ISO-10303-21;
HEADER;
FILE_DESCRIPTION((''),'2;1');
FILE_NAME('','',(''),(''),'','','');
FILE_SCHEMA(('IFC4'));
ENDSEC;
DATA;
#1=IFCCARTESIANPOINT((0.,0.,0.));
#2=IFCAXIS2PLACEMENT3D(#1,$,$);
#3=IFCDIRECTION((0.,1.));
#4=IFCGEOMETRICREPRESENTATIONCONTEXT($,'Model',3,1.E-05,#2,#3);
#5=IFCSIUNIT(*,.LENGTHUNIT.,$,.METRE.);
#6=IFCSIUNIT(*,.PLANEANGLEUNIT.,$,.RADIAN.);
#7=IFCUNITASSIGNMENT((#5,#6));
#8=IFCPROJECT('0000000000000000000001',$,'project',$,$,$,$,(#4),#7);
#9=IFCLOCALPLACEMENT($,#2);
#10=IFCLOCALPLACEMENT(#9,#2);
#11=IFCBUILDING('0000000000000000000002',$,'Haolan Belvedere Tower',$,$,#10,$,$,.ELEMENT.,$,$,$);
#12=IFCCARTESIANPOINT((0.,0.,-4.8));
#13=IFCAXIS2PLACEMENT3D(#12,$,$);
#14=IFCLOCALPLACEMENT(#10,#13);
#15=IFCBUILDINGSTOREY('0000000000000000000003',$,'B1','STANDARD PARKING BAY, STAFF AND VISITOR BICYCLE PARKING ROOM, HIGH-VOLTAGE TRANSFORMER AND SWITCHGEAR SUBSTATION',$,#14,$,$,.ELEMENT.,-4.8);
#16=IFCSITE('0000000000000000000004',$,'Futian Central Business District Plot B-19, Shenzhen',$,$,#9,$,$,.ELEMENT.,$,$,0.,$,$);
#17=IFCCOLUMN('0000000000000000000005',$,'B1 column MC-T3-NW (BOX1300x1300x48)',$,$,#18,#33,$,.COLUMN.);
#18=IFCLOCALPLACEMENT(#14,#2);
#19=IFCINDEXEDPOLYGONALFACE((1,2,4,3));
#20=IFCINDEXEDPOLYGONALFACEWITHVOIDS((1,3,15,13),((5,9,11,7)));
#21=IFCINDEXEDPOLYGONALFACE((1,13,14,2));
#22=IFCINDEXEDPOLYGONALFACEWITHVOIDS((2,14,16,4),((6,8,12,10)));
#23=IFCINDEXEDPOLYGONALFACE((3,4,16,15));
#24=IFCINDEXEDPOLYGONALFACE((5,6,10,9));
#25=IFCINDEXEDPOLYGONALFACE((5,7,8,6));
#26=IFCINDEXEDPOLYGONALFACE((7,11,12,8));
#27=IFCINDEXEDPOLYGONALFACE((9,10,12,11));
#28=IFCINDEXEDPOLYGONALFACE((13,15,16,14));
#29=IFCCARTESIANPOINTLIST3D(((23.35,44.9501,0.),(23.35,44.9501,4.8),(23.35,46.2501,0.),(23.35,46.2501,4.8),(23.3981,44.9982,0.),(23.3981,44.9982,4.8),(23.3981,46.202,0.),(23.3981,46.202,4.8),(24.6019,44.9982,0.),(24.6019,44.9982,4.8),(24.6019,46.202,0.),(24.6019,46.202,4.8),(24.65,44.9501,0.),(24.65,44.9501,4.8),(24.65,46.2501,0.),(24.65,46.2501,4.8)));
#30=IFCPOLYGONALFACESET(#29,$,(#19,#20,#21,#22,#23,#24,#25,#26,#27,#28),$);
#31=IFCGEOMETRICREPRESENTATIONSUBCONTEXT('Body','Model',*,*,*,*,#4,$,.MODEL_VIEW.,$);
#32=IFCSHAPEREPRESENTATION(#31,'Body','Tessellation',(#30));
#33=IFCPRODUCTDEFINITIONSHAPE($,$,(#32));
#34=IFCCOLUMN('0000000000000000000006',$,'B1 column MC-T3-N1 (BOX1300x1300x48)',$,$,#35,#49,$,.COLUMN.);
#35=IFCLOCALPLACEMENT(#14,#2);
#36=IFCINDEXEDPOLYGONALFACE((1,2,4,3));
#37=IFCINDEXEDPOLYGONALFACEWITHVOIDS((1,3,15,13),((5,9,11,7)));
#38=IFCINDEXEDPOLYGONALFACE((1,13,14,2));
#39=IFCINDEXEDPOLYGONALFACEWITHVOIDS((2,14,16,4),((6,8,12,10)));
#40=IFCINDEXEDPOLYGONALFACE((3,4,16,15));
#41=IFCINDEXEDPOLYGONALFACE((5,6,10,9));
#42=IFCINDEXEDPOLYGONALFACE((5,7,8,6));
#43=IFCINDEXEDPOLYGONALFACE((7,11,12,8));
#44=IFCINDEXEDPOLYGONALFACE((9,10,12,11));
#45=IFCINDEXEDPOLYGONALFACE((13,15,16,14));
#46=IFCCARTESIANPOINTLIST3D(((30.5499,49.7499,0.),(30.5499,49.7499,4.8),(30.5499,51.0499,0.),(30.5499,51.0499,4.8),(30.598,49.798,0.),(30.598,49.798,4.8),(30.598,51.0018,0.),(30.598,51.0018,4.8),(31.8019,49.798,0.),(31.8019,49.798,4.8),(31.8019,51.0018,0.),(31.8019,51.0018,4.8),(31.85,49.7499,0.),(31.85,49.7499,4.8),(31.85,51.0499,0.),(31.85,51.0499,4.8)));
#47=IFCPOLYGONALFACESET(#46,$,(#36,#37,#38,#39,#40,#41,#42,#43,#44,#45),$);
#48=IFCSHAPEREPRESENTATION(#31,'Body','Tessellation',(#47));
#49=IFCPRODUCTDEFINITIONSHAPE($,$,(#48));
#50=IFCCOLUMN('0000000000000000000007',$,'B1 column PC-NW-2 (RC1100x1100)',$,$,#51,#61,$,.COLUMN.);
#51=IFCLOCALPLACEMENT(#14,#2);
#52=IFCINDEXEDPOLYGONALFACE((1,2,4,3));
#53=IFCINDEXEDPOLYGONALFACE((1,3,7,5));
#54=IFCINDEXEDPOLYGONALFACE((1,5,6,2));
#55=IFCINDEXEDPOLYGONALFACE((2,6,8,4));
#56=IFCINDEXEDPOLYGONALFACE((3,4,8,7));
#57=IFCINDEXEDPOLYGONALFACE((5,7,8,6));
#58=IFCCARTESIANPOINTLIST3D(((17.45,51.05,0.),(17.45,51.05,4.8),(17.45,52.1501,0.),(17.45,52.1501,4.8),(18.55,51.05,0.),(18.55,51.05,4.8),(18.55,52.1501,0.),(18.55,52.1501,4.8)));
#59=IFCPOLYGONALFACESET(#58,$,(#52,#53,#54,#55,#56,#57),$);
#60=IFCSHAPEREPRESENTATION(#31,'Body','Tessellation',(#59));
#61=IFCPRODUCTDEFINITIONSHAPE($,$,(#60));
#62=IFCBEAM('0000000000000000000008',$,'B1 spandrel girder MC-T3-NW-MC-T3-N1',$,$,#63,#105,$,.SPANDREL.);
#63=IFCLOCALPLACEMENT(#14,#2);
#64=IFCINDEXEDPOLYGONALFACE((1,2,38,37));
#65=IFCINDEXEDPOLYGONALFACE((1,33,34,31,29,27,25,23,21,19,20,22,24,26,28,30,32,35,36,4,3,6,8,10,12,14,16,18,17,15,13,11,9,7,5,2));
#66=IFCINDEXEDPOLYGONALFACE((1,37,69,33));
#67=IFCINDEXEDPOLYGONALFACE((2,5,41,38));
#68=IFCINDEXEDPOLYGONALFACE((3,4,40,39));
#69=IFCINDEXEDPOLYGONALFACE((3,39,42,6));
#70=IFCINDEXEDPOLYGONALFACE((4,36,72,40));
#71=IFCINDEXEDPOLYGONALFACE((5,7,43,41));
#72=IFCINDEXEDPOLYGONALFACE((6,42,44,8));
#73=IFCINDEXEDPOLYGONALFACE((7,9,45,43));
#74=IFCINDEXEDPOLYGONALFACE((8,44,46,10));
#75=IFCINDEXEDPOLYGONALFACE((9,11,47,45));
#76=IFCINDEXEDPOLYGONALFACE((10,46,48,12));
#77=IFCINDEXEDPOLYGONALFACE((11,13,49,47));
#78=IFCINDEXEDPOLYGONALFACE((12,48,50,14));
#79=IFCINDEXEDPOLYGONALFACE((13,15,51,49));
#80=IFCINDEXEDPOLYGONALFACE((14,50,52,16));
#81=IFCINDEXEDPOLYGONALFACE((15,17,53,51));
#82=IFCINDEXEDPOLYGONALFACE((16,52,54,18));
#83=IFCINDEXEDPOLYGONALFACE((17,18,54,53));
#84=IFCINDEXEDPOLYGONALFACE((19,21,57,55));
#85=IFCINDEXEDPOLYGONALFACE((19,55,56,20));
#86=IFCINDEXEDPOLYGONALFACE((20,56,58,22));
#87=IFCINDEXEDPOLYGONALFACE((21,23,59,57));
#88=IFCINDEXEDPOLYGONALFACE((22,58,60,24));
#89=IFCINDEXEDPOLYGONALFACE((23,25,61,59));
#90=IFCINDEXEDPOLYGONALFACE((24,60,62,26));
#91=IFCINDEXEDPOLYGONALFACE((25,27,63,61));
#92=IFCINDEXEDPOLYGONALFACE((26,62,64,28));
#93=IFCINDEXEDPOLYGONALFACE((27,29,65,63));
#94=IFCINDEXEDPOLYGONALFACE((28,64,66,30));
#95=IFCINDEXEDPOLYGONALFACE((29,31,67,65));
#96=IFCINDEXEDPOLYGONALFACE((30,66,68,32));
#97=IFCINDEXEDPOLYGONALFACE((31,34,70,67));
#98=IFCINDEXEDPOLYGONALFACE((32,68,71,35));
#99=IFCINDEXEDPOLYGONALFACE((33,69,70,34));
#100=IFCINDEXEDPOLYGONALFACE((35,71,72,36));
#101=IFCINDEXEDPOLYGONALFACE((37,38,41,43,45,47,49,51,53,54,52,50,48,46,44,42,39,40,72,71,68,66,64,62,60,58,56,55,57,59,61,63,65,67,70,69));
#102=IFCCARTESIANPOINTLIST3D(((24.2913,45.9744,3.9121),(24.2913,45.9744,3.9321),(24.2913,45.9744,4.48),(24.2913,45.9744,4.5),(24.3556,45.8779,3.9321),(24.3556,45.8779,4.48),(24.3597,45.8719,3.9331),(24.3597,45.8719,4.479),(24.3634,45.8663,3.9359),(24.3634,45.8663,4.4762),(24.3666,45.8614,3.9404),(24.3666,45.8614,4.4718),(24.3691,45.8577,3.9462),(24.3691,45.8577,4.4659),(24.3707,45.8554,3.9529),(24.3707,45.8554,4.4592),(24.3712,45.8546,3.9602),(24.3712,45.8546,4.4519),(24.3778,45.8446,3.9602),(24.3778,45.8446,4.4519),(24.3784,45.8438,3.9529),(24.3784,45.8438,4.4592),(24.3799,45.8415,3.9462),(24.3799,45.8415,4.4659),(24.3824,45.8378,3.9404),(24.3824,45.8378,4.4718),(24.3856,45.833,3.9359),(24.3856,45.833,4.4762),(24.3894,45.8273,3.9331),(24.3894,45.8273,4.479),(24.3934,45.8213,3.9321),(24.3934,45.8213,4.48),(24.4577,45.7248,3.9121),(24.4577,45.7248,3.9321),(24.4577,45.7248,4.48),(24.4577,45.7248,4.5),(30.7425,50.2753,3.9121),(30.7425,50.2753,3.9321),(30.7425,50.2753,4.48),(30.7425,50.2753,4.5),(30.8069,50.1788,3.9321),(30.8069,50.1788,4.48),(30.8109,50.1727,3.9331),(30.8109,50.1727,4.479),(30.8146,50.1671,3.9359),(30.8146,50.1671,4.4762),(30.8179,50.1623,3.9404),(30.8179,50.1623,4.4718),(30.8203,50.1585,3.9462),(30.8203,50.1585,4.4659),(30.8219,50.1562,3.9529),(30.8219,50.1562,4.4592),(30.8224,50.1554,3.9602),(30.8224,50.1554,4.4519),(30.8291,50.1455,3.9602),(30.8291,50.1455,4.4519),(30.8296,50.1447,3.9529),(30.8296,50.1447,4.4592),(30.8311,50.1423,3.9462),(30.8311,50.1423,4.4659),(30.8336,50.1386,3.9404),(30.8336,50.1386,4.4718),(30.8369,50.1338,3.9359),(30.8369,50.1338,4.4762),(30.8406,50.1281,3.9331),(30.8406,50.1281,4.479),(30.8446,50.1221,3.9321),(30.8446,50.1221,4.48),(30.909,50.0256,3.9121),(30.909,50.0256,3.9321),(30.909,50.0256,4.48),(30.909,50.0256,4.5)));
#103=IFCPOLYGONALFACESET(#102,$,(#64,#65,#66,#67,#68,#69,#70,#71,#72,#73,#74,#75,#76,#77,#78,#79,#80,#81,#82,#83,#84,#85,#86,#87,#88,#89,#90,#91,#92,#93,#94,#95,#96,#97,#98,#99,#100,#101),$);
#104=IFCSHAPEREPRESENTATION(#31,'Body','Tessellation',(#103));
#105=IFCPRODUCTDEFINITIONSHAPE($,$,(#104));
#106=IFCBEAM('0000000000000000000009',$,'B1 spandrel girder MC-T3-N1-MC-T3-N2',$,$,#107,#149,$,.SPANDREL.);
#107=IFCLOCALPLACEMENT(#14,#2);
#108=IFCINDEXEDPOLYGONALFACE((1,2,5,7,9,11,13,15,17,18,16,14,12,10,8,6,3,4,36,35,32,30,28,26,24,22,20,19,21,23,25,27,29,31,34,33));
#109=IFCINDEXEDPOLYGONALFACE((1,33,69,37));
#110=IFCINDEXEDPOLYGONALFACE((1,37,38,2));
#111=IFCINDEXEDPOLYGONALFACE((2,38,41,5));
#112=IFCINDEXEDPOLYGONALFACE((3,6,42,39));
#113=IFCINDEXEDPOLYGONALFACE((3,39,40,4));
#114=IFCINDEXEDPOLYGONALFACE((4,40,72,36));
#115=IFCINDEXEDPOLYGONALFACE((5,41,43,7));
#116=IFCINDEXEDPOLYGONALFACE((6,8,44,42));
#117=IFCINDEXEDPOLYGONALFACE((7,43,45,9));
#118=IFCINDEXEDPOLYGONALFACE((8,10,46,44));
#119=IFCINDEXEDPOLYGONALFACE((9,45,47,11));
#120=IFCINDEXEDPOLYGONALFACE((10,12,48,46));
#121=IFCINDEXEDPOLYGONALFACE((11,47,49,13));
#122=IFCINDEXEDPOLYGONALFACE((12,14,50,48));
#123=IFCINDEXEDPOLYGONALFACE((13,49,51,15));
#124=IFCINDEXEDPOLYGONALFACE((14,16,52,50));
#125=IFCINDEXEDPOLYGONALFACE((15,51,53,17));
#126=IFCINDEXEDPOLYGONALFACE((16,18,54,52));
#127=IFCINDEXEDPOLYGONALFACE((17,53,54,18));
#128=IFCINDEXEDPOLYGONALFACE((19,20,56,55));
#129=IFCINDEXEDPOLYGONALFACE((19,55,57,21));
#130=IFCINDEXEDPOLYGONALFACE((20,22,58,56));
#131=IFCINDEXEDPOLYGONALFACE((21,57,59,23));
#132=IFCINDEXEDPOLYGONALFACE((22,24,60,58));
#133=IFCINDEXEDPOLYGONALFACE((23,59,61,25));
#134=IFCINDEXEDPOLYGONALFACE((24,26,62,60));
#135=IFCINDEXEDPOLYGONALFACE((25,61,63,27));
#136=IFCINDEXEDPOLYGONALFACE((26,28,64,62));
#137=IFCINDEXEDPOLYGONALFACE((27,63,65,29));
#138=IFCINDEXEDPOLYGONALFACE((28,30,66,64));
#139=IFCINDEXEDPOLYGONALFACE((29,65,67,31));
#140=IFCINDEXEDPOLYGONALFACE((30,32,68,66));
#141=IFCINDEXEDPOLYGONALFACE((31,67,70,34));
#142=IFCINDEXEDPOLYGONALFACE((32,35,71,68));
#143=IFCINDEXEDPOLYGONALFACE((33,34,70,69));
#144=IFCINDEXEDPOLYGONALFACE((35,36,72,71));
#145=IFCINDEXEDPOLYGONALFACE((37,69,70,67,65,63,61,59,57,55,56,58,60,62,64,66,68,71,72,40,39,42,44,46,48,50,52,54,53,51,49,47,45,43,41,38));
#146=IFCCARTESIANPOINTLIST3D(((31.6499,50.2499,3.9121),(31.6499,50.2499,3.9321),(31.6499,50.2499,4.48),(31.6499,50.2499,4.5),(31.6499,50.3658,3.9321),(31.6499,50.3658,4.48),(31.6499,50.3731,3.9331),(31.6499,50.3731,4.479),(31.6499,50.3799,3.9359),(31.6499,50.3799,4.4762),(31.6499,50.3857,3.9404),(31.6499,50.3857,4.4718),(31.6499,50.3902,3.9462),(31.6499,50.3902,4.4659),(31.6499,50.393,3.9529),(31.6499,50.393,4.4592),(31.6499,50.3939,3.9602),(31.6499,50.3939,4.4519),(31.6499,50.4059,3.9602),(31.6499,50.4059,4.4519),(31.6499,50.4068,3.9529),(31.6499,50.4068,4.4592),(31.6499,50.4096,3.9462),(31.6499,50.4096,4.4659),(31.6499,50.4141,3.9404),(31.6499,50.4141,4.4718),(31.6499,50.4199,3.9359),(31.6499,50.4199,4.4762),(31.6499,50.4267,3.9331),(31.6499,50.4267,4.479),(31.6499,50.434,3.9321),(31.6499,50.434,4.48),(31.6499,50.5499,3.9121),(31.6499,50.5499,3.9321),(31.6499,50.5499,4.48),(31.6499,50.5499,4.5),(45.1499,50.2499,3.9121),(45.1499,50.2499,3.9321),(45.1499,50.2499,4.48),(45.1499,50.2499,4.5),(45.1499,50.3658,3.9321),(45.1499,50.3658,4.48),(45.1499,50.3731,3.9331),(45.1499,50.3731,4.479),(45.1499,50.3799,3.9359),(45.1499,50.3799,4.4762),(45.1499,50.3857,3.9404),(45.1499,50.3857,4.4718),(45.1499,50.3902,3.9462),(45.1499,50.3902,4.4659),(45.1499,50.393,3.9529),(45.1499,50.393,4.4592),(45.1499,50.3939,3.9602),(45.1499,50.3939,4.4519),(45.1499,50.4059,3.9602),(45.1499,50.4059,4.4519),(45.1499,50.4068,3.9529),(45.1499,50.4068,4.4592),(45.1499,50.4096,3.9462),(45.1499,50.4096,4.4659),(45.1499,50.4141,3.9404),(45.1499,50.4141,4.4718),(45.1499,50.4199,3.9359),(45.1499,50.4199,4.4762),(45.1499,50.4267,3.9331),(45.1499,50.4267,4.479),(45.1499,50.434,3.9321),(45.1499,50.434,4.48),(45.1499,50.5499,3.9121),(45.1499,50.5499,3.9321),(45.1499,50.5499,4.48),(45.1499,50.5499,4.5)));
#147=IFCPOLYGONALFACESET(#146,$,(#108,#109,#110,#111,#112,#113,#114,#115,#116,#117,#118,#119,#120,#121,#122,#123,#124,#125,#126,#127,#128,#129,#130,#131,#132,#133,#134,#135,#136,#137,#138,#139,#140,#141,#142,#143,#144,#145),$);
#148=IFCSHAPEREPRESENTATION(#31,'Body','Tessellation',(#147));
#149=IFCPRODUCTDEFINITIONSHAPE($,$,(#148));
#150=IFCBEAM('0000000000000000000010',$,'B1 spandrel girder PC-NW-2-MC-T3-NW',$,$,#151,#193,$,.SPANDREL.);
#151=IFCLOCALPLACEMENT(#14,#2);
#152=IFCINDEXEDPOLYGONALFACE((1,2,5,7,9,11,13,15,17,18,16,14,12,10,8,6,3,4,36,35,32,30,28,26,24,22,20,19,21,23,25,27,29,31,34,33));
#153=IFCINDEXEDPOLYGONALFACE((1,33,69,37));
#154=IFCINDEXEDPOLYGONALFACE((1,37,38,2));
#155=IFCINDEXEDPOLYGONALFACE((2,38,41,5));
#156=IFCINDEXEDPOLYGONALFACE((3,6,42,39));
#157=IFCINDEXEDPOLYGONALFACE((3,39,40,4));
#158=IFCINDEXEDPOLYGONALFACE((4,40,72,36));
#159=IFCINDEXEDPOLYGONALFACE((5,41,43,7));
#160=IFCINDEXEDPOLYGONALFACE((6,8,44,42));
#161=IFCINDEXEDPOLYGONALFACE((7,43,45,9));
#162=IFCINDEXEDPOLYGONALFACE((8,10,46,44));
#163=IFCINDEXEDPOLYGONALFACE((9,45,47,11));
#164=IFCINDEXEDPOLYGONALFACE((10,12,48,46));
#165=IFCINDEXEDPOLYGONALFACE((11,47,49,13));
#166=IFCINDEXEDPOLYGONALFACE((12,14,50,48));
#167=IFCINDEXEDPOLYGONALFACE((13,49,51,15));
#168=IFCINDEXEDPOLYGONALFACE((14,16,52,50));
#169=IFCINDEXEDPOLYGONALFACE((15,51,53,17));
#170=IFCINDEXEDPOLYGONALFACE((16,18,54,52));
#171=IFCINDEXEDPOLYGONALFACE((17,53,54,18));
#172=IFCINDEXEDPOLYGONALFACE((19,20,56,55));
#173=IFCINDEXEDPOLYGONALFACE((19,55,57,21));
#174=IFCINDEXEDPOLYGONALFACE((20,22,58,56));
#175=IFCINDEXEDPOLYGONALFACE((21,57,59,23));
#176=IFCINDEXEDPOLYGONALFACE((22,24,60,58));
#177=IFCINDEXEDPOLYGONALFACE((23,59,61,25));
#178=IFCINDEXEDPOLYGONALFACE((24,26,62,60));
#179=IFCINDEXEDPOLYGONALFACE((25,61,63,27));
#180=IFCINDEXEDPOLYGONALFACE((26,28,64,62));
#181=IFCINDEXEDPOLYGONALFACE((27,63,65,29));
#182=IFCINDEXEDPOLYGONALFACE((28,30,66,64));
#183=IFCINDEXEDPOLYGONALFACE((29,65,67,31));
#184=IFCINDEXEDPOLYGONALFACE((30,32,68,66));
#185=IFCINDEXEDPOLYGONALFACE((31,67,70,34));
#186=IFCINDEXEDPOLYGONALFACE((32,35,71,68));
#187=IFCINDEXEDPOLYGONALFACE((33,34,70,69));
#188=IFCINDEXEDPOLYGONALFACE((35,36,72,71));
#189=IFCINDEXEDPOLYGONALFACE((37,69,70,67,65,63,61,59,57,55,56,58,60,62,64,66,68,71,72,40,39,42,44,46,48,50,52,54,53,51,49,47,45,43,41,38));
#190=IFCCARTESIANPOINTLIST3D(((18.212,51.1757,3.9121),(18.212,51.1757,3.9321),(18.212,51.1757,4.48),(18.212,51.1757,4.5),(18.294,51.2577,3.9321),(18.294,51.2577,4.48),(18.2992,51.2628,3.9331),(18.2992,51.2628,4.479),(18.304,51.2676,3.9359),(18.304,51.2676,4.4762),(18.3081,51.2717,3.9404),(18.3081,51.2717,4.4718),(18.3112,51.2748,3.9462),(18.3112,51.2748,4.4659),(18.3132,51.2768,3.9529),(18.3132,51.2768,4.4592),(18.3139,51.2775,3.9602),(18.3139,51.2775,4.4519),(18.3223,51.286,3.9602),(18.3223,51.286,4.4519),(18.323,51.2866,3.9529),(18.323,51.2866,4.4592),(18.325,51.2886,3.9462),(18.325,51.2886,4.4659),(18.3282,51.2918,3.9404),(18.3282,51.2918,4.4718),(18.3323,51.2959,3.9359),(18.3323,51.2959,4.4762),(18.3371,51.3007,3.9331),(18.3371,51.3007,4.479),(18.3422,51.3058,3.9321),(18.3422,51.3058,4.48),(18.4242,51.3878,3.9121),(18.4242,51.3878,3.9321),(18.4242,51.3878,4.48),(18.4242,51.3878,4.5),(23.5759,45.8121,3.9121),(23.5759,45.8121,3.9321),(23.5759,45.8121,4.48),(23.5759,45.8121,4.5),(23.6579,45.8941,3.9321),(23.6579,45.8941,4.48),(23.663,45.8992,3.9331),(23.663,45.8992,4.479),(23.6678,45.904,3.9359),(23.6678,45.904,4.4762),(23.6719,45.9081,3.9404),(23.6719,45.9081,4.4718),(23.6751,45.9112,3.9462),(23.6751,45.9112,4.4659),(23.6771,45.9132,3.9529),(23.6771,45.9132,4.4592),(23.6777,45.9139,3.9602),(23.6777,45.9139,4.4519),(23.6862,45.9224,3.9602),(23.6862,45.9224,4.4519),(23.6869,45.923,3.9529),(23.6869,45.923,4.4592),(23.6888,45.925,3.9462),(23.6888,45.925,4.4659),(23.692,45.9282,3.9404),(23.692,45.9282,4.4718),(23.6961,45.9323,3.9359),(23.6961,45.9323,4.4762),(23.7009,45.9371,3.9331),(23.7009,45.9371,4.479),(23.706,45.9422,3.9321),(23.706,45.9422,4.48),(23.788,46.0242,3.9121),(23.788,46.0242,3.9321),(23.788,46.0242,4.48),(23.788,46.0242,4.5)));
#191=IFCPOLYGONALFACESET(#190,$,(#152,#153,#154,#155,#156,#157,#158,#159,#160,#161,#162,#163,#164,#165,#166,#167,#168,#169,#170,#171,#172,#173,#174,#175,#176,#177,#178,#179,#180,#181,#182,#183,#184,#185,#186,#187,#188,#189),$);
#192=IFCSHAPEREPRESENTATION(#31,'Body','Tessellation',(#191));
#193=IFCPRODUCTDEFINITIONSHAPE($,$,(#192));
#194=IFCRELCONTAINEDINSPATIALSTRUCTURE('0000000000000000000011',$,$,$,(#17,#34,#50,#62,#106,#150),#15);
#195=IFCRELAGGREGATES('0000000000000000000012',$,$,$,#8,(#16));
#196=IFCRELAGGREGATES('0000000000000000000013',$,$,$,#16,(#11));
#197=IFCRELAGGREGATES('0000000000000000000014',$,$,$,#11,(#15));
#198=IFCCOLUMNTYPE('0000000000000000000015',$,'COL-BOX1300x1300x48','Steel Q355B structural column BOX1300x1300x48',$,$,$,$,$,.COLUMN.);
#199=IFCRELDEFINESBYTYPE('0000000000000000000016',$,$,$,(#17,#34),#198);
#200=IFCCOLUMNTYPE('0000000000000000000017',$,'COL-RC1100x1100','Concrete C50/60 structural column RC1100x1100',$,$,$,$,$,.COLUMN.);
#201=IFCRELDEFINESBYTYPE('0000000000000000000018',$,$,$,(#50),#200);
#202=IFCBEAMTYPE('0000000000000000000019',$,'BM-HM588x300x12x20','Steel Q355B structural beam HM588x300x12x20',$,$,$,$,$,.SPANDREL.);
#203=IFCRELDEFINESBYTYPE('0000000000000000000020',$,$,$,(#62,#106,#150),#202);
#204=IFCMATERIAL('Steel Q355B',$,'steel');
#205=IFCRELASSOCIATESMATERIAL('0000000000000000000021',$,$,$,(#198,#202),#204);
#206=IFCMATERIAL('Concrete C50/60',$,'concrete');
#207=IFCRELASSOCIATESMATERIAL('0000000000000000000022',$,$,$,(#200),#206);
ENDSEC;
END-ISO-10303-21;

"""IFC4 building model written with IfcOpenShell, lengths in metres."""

from ifc_helpers import new_model, si_unit, direction, frame, origin, origin_2d, place, context, subcontext, project, spatial, rectangle, hollow_rectangle, i_section, extrude, material, material_profile, profile_set, type_object, element, save


model = new_model("IFC4")

# Units and contexts
model_context = context("Model", 3, precision=1e-05, world=origin(), true_north=direction((0.0, 1.0)))
body_context = subcontext(model_context, "Body", "Model", "MODEL_VIEW")
ifc_project = project(units=[si_unit("LENGTHUNIT", "METRE"), si_unit("PLANEANGLEUNIT", "RADIAN")], contexts=[model_context])

# Site, building, storey
site_placement = place(None, origin())
site = spatial("IfcSite", under=ifc_project, at=site_placement, Name="Futian Central Business District Plot B-19, Shenzhen", CompositionType="ELEMENT", RefElevation=0.0)
building_placement = place(site_placement, origin())
building = spatial("IfcBuilding", under=site, at=building_placement, Name="Haolan Belvedere Tower", CompositionType="ELEMENT")
storey_placement = place(building_placement, frame((0.0, 0.0, -4.8)))
storey = spatial("IfcBuildingStorey", under=building, at=storey_placement, Name="B1", Description="STANDARD PARKING BAY, STAFF AND VISITOR BICYCLE PARKING ROOM, HIGH-VOLTAGE TRANSFORMER AND SWITCHGEAR SUBSTATION", CompositionType="ELEMENT", Elevation=-4.8)

# Columns
ifc_material_1 = material(Name="Steel Q355B", Category="steel")
ifc_material_profile_1 = material_profile(ifc_material_1, hollow_rectangle(XDim=1.3, YDim=1.3, WallThickness=0.0481, at=origin_2d()), Name="Steel Q355B")
ifc_profile_set_1 = profile_set([ifc_material_profile_1], Name="Steel Q355B")
column_type_1 = type_object("IfcColumnType", Name="COL-BOX1300x1300x48", Description="Steel Q355B structural column BOX1300x1300x48", PredefinedType="COLUMN", material=ifc_profile_set_1)
for number, where, z_axis, x_axis, name in (
    (1, (24.0, 45.6001, 0.0), (0.0, 0.0, 1.0), (1.0, 0.0, 0.0), "B1 column MC-T3-NW (BOX1300x1300x48)"),
    (2, (31.2, 50.3999, 0.0), (0.0, 0.0, 1.0), (1.0, 0.0, 0.0), "B1 column MC-T3-N1 (BOX1300x1300x48)"),
):
    element("IfcColumn", number, at=place(storey_placement, frame(where, z_axis=z_axis, x_axis=x_axis)), inside=storey, type_object=column_type_1, Name=name, PredefinedType="COLUMN", context=body_context, shape_type="SweptSolid", body=[
        extrude(hollow_rectangle(XDim=1.3, YDim=1.3, WallThickness=0.0481, at=origin_2d()), origin(), (0.0, 0.0, 1.0), 4.8),
    ])
ifc_material_2 = material(Name="Concrete C50/60", Category="concrete")
ifc_material_profile_2 = material_profile(ifc_material_2, rectangle(XDim=1.1001, YDim=1.1001, at=origin_2d()), Name="Concrete C50/60")
ifc_profile_set_2 = profile_set([ifc_material_profile_2], Name="Concrete C50/60")
column_type_2 = type_object("IfcColumnType", Name="COL-RC1100x1100", Description="Concrete C50/60 structural column RC1100x1100", PredefinedType="COLUMN", material=ifc_profile_set_2)
column_placement = place(storey_placement, frame((18.0, 51.6001, 0.0), z_axis=(0.0, 0.0, 1.0), x_axis=(1.0, 0.0, 0.0)))
element("IfcColumn", 3, at=column_placement, inside=storey, type_object=column_type_2, Name="B1 column PC-NW-2 (RC1100x1100)", PredefinedType="COLUMN", context=body_context, shape_type="SweptSolid", body=[
    extrude(rectangle(XDim=1.1001, YDim=1.1001, at=origin_2d()), origin(), (0.0, 0.0, 1.0), 4.8),
])

# Beams
ifc_material_profile_3 = material_profile(ifc_material_1, i_section(OverallWidth=0.3, OverallDepth=0.5879, WebThickness=0.012, FlangeThickness=0.02, FilletRadius=0.0281, at=origin_2d()), Name="Steel Q355B")
ifc_profile_set_3 = profile_set([ifc_material_profile_3], Name="Steel Q355B")
beam_type_1 = type_object("IfcBeamType", Name="BM-HM588x300x12x20", Description="Steel Q355B structural beam HM588x300x12x20", PredefinedType="SPANDREL", material=ifc_profile_set_3)
beam_1_placement = place(storey_placement, frame((24.3745, 45.8496, 4.2061), z_axis=(0.83205, 0.5547, 0.0), x_axis=(-0.5547, 0.83205, 0.0)))
element("IfcBeam", 4, at=beam_1_placement, inside=storey, type_object=beam_type_1, Name="B1 spandrel girder MC-T3-NW-MC-T3-N1", PredefinedType="SPANDREL", context=body_context, shape_type="SweptSolid", body=[
    extrude(i_section(OverallWidth=0.3, OverallDepth=0.5879, WebThickness=0.012, FlangeThickness=0.02, FilletRadius=0.0281, at=origin_2d()), origin(), (0.0, 0.0, 1.0), 7.7534),
])
beam_2_placement = place(storey_placement, frame((31.6499, 50.3999, 4.2061), z_axis=(1.0, 0.0, 0.0), x_axis=(0.0, 1.0, 0.0)))
element("IfcBeam", 5, at=beam_2_placement, inside=storey, type_object=beam_type_1, Name="B1 spandrel girder MC-T3-N1-MC-T3-N2", PredefinedType="SPANDREL", context=body_context, shape_type="SweptSolid", body=[
    extrude(i_section(OverallWidth=0.3, OverallDepth=0.5879, WebThickness=0.012, FlangeThickness=0.02, FilletRadius=0.0281, at=origin_2d()), origin(), (0.0, 0.0, 1.0), 13.5),
])
beam_3_placement = place(storey_placement, frame((18.3181, 51.2817, 4.2061), z_axis=(0.707123, -0.707091, 0.0), x_axis=(0.707091, 0.707123, 0.0)))
element("IfcBeam", 6, at=beam_3_placement, inside=storey, type_object=beam_type_1, Name="B1 spandrel girder PC-NW-2-MC-T3-NW", PredefinedType="SPANDREL", context=body_context, shape_type="SweptSolid", body=[
    extrude(i_section(OverallWidth=0.3, OverallDepth=0.5879, WebThickness=0.012, FlangeThickness=0.02, FilletRadius=0.0281, at=origin_2d()), origin(), (0.0, 0.0, 1.0), 7.5854),
])

save(model, "model.ifc")
